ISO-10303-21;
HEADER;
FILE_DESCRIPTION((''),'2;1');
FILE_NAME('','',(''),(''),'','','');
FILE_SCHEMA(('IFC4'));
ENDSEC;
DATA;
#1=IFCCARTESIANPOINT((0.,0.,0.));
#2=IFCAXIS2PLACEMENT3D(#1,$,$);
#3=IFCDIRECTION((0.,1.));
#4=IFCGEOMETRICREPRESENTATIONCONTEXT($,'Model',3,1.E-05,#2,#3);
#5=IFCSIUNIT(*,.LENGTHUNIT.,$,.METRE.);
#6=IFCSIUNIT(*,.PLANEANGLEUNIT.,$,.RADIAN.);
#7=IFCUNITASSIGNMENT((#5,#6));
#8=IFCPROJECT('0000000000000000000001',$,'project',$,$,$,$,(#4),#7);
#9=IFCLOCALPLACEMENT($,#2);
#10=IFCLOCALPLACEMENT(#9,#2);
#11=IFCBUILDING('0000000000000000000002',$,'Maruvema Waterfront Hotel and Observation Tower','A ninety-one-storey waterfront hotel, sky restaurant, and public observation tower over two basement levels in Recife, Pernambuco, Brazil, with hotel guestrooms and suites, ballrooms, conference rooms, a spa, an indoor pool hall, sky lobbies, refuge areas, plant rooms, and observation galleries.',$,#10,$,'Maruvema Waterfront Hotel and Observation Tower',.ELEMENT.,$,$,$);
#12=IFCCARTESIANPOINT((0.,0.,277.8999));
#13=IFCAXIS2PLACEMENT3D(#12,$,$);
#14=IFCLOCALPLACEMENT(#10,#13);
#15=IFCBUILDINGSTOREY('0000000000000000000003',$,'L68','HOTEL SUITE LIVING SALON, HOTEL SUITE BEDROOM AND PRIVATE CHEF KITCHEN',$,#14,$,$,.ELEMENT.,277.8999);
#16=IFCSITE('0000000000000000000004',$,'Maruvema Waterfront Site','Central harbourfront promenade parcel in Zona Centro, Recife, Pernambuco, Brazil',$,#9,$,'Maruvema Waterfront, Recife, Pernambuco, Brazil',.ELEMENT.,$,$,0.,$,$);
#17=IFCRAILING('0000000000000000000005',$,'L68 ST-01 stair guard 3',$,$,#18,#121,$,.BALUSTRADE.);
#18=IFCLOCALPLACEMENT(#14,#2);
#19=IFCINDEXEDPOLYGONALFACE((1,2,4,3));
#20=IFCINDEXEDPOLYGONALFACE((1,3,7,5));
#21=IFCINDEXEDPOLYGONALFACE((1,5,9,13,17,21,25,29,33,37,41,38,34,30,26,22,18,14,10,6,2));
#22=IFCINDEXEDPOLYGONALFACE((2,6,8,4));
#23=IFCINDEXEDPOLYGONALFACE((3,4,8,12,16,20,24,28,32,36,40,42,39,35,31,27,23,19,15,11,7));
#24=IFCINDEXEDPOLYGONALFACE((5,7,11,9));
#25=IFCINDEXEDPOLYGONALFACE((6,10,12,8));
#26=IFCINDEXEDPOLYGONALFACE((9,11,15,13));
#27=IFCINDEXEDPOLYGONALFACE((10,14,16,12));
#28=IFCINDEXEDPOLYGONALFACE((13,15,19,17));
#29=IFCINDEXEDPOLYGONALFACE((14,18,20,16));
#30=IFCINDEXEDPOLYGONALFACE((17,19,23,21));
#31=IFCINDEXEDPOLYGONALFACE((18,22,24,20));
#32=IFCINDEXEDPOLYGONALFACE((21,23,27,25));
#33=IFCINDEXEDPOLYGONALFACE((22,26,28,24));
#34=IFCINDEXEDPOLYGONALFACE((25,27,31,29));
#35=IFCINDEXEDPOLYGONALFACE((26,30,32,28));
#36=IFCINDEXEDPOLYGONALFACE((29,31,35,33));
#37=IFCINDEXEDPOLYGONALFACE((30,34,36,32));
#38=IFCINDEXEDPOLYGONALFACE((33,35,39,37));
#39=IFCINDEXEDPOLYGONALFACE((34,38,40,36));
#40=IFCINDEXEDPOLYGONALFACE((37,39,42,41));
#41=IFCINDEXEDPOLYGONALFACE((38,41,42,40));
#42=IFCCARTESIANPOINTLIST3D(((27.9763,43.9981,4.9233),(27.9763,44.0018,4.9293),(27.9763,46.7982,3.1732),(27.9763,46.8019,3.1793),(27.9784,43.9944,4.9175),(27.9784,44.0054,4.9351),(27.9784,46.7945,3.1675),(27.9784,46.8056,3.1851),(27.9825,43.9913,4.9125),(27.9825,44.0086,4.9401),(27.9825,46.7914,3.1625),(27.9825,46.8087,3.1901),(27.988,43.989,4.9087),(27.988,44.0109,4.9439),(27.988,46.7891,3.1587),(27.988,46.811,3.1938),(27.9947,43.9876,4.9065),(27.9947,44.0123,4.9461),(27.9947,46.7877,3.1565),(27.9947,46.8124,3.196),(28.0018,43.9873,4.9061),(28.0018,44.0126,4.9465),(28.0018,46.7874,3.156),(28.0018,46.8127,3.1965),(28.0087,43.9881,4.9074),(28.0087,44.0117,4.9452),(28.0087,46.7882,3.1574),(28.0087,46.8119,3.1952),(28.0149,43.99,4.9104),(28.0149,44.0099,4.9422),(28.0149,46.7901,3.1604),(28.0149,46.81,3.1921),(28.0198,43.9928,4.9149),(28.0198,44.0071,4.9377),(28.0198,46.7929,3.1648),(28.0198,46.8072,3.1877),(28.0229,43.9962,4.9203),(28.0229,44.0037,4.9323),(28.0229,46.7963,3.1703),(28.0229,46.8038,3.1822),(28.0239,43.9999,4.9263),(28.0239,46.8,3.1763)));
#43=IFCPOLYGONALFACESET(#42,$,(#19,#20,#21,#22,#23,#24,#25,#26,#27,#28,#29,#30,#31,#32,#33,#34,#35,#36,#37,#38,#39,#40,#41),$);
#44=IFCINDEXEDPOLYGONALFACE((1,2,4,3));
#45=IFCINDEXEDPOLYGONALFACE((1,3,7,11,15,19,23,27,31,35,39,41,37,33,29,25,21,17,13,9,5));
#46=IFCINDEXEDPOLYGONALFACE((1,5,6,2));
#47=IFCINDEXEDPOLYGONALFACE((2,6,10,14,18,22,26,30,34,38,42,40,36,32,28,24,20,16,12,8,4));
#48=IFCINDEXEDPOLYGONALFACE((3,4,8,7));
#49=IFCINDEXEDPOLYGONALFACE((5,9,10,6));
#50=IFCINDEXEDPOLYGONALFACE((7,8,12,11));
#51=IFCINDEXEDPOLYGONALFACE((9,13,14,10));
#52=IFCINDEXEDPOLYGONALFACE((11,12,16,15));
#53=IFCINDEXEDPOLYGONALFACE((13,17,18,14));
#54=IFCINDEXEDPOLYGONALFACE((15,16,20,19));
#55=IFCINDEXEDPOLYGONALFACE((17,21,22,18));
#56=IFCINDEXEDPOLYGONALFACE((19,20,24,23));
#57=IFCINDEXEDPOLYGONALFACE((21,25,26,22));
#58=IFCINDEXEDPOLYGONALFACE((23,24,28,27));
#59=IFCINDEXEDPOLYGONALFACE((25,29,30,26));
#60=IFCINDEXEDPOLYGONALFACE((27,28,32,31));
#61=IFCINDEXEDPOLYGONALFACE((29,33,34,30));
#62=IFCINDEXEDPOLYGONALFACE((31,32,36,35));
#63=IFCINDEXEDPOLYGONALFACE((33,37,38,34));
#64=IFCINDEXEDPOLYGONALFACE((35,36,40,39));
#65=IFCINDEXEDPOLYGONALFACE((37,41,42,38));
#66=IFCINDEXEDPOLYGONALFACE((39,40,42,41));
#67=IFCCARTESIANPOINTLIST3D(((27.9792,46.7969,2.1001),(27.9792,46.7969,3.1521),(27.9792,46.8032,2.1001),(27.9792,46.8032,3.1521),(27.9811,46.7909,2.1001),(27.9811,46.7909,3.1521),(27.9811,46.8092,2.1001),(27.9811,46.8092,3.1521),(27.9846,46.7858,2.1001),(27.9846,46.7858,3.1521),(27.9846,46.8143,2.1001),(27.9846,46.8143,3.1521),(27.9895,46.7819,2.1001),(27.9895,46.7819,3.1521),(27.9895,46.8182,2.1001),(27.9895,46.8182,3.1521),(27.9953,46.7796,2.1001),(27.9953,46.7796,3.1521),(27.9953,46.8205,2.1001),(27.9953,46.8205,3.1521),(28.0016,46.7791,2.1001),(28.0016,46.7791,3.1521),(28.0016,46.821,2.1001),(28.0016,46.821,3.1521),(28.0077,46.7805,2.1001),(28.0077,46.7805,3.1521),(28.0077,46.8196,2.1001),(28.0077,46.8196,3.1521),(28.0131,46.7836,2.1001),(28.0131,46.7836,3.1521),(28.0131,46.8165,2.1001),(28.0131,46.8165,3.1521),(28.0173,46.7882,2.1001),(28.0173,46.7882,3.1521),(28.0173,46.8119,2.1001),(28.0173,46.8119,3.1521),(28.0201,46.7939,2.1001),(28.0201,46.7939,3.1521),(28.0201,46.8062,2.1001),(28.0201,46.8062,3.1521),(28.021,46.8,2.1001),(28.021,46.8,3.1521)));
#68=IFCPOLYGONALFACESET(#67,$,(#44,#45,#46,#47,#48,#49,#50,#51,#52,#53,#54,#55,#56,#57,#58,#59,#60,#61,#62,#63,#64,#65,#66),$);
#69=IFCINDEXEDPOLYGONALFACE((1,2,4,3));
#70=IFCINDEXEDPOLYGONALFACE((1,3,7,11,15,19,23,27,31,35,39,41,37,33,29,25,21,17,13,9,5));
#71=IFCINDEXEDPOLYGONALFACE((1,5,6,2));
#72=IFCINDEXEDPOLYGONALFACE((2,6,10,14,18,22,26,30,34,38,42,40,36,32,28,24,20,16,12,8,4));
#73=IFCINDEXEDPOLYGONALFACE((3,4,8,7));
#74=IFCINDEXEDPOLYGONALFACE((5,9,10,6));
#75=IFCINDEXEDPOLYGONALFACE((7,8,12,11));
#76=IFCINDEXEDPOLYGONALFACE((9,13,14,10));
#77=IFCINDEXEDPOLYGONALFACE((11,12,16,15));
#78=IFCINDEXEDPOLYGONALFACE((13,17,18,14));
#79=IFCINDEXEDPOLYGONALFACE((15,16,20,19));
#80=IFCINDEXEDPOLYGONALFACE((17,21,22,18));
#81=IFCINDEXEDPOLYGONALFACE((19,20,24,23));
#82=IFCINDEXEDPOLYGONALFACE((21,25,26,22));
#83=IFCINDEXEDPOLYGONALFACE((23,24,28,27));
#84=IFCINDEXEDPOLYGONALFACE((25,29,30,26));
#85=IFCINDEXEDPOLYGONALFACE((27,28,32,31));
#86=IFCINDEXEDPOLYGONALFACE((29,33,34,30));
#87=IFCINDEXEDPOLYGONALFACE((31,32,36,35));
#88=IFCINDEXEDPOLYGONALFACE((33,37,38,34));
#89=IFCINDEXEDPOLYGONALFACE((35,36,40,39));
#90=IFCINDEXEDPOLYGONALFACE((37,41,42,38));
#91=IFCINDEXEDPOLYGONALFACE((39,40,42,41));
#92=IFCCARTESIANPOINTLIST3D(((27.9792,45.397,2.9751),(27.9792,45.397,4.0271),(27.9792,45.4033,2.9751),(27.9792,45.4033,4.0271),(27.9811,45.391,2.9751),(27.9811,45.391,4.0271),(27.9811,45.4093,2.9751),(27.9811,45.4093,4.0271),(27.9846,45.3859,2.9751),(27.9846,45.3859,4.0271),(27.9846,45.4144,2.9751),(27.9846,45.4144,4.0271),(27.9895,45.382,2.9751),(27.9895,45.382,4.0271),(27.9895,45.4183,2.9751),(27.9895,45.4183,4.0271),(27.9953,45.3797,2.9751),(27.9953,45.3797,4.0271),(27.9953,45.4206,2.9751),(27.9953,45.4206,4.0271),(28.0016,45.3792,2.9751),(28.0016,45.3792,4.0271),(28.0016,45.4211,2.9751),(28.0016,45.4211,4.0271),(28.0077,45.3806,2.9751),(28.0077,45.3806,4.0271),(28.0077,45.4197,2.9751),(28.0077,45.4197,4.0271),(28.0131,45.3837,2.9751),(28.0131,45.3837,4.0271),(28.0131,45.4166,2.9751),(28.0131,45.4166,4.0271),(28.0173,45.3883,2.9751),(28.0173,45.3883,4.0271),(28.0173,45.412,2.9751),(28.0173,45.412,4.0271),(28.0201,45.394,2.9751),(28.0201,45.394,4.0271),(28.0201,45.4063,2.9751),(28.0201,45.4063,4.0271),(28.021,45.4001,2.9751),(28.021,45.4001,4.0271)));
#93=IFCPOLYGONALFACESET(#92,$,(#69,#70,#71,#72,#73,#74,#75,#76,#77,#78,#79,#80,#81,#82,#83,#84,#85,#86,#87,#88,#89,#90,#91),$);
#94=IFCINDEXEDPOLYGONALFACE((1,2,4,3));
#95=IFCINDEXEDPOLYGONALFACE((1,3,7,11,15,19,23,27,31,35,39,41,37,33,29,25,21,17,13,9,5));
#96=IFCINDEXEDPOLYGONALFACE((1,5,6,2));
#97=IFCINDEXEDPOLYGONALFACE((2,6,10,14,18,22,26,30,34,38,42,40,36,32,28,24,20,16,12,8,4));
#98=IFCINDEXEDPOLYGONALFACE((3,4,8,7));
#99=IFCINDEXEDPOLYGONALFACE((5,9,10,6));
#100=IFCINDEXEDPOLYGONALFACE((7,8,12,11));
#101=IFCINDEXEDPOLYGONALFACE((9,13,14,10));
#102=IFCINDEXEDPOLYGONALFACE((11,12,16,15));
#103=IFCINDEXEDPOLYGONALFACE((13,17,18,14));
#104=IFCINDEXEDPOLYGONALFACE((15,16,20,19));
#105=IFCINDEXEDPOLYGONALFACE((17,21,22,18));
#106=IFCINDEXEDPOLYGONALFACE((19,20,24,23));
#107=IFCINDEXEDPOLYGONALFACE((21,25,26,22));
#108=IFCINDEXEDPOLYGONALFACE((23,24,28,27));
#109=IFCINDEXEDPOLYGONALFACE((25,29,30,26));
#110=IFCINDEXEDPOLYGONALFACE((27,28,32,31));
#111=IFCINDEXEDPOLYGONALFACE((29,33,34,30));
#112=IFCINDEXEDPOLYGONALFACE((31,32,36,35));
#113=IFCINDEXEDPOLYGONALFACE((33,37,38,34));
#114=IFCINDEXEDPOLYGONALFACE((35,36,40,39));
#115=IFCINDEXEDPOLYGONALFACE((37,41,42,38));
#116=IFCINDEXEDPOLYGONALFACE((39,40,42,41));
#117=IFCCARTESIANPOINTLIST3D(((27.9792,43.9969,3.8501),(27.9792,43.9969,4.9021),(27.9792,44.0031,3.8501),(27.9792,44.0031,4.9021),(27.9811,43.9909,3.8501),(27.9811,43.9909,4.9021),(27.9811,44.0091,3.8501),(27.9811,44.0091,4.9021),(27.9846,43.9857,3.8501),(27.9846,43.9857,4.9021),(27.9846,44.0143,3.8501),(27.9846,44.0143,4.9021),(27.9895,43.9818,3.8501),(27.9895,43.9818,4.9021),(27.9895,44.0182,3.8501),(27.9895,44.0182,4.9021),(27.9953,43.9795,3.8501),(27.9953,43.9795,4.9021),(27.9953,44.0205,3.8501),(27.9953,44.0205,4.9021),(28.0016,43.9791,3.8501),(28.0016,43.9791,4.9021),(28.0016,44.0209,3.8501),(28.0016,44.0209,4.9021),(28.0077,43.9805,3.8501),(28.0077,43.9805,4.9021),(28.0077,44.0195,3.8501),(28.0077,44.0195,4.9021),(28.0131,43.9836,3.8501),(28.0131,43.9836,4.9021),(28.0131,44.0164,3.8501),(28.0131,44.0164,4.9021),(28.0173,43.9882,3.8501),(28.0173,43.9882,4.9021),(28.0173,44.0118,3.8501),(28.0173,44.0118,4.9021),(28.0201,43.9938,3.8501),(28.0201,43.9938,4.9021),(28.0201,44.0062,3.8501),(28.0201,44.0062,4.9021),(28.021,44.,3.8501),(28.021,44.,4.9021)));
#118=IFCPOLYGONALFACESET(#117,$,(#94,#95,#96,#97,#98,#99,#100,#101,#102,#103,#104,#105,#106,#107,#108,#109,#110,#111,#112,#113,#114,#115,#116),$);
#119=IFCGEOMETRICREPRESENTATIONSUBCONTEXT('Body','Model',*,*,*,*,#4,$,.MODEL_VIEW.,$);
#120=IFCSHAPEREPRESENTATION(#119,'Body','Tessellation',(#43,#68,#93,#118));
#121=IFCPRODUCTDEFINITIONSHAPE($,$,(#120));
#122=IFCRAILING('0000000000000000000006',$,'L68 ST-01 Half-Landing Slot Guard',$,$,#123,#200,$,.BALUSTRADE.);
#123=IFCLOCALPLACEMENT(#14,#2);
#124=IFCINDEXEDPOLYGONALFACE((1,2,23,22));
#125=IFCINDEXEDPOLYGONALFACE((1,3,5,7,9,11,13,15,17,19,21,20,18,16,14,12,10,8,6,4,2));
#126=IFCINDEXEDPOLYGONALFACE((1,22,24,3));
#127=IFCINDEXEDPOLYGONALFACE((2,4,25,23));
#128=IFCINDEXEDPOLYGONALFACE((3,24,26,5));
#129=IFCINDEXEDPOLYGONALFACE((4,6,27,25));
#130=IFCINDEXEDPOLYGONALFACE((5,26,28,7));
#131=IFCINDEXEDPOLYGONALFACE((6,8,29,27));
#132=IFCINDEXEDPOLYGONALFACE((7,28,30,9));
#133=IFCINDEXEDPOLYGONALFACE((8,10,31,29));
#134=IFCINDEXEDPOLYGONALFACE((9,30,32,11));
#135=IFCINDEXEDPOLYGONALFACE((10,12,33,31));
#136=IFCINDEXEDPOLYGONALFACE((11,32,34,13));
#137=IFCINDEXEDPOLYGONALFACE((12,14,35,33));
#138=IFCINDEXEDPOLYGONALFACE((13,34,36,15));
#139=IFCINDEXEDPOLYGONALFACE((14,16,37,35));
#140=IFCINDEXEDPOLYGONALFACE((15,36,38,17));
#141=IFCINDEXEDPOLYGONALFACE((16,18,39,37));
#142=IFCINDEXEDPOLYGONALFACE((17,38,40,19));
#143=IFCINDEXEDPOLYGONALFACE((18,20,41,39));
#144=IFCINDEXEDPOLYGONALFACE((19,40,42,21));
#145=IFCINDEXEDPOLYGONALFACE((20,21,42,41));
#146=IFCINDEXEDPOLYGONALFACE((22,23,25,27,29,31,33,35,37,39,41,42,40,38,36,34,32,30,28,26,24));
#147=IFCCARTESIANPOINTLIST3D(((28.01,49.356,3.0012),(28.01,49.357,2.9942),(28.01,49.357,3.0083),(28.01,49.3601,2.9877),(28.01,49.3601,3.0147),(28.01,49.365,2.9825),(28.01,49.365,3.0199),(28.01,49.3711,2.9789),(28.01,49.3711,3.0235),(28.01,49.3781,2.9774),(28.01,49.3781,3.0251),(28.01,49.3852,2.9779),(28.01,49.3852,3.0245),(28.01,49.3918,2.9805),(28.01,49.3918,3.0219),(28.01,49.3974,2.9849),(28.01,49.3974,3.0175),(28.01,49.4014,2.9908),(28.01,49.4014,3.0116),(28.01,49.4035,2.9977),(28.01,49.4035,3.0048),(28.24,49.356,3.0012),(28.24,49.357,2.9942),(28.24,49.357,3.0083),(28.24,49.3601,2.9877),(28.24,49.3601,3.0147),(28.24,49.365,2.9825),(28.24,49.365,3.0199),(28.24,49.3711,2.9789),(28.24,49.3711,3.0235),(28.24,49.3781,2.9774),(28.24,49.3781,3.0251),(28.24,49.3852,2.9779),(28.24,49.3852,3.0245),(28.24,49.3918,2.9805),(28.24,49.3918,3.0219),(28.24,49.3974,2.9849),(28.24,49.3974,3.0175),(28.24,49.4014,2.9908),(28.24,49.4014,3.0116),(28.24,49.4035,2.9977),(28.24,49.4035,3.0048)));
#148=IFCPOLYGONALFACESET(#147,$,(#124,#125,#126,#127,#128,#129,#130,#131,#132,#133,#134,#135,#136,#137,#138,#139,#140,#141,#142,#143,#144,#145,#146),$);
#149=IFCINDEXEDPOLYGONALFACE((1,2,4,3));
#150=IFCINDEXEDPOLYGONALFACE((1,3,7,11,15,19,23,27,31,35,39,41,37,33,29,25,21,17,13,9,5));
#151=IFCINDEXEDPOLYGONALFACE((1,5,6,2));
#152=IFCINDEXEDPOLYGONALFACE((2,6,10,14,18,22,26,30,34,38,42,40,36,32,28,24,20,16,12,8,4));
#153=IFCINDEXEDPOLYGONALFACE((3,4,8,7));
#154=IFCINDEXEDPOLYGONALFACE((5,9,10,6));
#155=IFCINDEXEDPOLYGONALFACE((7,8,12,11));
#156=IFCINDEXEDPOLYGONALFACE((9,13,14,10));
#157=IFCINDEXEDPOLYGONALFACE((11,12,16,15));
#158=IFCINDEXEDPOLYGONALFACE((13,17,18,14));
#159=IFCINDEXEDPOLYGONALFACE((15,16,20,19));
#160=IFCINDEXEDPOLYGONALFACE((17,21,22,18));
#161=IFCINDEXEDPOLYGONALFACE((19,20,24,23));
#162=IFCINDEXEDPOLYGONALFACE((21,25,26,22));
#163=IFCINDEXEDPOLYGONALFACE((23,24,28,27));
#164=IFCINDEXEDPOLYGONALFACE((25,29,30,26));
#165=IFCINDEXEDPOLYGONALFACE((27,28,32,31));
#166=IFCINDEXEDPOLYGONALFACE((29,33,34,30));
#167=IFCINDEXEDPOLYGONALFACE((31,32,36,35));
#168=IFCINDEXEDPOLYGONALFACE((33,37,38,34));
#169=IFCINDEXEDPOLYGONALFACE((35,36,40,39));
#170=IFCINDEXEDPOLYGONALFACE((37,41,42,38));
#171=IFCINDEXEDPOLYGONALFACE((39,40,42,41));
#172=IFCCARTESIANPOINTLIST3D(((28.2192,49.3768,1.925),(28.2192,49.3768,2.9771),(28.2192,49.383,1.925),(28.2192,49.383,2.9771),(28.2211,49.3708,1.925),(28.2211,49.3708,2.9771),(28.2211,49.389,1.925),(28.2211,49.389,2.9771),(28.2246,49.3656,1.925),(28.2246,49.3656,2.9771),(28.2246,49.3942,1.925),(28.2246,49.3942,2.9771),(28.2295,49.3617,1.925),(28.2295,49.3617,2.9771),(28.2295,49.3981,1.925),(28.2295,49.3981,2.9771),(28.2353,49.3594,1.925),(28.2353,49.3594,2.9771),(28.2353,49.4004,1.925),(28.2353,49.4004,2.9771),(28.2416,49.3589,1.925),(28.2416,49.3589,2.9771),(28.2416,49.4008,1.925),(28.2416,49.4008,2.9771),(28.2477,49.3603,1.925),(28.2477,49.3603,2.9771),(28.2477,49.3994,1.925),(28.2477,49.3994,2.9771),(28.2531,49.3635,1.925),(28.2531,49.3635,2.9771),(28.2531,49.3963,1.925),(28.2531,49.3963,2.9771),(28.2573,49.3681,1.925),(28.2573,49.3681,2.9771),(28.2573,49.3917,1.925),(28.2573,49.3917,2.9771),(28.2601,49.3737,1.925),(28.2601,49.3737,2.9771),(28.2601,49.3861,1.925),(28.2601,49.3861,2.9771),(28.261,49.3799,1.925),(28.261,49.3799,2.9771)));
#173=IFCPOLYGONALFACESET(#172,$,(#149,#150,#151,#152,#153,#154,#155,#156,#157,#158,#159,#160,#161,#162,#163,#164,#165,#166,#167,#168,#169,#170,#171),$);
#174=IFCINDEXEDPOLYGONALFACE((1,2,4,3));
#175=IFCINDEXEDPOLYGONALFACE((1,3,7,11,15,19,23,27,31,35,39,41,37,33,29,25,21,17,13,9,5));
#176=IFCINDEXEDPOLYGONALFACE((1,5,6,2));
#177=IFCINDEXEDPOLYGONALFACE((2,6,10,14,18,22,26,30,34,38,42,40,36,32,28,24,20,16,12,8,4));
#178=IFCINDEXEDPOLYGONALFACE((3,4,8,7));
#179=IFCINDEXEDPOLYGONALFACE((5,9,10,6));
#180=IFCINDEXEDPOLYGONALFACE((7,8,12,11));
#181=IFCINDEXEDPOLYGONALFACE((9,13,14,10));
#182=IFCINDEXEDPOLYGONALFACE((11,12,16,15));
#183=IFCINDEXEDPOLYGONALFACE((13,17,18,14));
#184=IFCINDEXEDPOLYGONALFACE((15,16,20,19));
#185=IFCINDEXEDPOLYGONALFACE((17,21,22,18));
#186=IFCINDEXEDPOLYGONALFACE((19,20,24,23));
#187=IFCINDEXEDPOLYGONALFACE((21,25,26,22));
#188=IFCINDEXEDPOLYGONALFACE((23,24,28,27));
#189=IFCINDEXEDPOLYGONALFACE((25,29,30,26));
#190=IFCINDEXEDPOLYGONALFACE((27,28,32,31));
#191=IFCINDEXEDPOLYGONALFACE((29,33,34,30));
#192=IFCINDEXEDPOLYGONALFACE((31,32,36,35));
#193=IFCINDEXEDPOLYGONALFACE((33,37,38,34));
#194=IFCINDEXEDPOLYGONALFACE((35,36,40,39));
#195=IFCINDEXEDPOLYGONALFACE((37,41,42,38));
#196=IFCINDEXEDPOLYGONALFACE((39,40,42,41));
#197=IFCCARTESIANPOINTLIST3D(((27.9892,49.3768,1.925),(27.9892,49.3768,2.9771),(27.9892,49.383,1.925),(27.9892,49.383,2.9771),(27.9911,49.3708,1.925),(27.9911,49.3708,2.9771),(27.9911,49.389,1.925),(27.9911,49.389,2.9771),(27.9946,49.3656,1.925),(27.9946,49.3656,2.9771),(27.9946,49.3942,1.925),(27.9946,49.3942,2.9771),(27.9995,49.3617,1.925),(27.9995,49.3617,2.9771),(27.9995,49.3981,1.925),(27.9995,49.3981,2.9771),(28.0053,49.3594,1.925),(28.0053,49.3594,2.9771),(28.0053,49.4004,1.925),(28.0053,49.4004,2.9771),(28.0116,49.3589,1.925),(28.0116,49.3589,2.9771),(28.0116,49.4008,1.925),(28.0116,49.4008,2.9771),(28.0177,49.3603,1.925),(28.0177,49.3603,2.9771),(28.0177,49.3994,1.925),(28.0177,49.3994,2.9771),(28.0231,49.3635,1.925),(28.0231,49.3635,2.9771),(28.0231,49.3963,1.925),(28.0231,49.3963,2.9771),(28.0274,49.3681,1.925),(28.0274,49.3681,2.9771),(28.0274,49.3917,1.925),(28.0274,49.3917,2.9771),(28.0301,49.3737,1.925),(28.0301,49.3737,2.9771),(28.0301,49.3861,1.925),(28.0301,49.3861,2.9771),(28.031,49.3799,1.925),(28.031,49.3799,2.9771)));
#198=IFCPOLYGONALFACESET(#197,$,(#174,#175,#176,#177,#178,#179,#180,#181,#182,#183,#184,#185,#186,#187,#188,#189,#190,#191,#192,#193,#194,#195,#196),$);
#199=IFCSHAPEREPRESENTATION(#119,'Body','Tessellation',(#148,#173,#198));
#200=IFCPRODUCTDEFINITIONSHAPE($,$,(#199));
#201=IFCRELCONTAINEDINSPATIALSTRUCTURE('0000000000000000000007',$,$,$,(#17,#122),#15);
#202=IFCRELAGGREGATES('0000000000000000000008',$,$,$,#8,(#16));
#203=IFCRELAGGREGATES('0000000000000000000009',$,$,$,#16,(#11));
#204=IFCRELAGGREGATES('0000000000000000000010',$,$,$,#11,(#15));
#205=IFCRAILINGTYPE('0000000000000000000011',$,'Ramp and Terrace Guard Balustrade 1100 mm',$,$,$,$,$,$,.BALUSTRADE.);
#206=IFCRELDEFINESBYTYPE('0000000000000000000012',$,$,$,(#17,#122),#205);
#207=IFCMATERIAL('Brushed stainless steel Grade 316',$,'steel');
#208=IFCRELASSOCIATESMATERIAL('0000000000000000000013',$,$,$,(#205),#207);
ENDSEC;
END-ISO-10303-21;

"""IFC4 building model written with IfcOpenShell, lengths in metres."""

from ifc_helpers import new_model, si_unit, direction, frame, origin, origin_2d, place, context, subcontext, project, spatial, circle, extrude, material, type_object, element, save


model = new_model("IFC4")

# Units and contexts
model_context = context("Model", 3, precision=1e-05, world=origin(), true_north=direction((0.0, 1.0)))
body_context = subcontext(model_context, "Body", "Model", "MODEL_VIEW")
ifc_project = project(units=[si_unit("LENGTHUNIT", "METRE"), si_unit("PLANEANGLEUNIT", "RADIAN")], contexts=[model_context])

# Site, building, storey
site_placement = place(None, origin())
site = spatial("IfcSite", under=ifc_project, at=site_placement, Name="Maruvema Waterfront Site", Description="Central harbourfront promenade parcel in Zona Centro, Recife, Pernambuco, Brazil", LongName="Maruvema Waterfront, Recife, Pernambuco, Brazil", CompositionType="ELEMENT", RefElevation=0.0)
building_placement = place(site_placement, origin())
building = spatial("IfcBuilding", under=site, at=building_placement, Name="Maruvema Waterfront Hotel and Observation Tower", Description="A ninety-one-storey waterfront hotel, sky restaurant, and public observation tower over two basement levels in Recife, Pernambuco, Brazil, with hotel guestrooms and suites, ballrooms, conference rooms, a spa, an indoor pool hall, sky lobbies, refuge areas, plant rooms, and observation galleries.", LongName="Maruvema Waterfront Hotel and Observation Tower", CompositionType="ELEMENT")
storey_placement = place(building_placement, frame((0.0, 0.0, 277.8999)))
storey = spatial("IfcBuildingStorey", under=building, at=storey_placement, Name="L68", Description="HOTEL SUITE LIVING SALON, HOTEL SUITE BEDROOM AND PRIVATE CHEF KITCHEN", CompositionType="ELEMENT", Elevation=277.8999)

# Railings
ifc_material_1 = material(Name="Brushed stainless steel Grade 316", Category="steel")
railing_type_1 = type_object("IfcRailingType", Name="Ramp and Terrace Guard Balustrade 1100 mm", PredefinedType="BALUSTRADE", material=ifc_material_1)
railing_1_placement = place(storey_placement, frame((28.0, 46.8, 2.1001)))
element("IfcRailing", 1, at=railing_1_placement, inside=storey, type_object=railing_type_1, Name="L68 ST-01 stair guard 3", PredefinedType="BALUSTRADE", context=body_context, shape_type="SweptSolid", body=[
    extrude(circle(Radius=0.0239, at=origin_2d()), frame((0.0, 0.0, 1.0762), z_axis=(0.0, -0.848002, 0.529992), x_axis=(1.0, 0.0, 0.0)), (0.0, 0.0, 1.0), 3.302),
    extrude(circle(Radius=0.021, at=origin_2d()), origin(), (0.0, 0.0, 1.0), 1.052),
    extrude(circle(Radius=0.021, at=origin_2d()), frame((0.0, -1.3999, 0.875)), (0.0, 0.0, 1.0), 1.052),
    extrude(circle(Radius=0.021, at=origin_2d()), frame((0.0, -2.8, 1.75)), (0.0, 0.0, 1.0), 1.052),
])
railing_2_placement = place(storey_placement, frame((28.24, 49.3799, 1.925)))
element("IfcRailing", 2, at=railing_2_placement, inside=storey, type_object=railing_type_1, Name="L68 ST-01 Half-Landing Slot Guard", PredefinedType="BALUSTRADE", context=body_context, shape_type="SweptSolid", body=[
    extrude(circle(Radius=0.0239, at=origin_2d()), frame((0.0, 0.0, 1.0762), z_axis=(-1.0, 0.0, 0.0), x_axis=(0.0, -1.0, 0.0)), (0.0, 0.0, 1.0), 0.23),
    extrude(circle(Radius=0.021, at=origin_2d()), origin(), (0.0, 0.0, 1.0), 1.052),
    extrude(circle(Radius=0.021, at=origin_2d()), frame((-0.23, 0.0, 0.0)), (0.0, 0.0, 1.0), 1.052),
])

save(model, "model.ifc")
